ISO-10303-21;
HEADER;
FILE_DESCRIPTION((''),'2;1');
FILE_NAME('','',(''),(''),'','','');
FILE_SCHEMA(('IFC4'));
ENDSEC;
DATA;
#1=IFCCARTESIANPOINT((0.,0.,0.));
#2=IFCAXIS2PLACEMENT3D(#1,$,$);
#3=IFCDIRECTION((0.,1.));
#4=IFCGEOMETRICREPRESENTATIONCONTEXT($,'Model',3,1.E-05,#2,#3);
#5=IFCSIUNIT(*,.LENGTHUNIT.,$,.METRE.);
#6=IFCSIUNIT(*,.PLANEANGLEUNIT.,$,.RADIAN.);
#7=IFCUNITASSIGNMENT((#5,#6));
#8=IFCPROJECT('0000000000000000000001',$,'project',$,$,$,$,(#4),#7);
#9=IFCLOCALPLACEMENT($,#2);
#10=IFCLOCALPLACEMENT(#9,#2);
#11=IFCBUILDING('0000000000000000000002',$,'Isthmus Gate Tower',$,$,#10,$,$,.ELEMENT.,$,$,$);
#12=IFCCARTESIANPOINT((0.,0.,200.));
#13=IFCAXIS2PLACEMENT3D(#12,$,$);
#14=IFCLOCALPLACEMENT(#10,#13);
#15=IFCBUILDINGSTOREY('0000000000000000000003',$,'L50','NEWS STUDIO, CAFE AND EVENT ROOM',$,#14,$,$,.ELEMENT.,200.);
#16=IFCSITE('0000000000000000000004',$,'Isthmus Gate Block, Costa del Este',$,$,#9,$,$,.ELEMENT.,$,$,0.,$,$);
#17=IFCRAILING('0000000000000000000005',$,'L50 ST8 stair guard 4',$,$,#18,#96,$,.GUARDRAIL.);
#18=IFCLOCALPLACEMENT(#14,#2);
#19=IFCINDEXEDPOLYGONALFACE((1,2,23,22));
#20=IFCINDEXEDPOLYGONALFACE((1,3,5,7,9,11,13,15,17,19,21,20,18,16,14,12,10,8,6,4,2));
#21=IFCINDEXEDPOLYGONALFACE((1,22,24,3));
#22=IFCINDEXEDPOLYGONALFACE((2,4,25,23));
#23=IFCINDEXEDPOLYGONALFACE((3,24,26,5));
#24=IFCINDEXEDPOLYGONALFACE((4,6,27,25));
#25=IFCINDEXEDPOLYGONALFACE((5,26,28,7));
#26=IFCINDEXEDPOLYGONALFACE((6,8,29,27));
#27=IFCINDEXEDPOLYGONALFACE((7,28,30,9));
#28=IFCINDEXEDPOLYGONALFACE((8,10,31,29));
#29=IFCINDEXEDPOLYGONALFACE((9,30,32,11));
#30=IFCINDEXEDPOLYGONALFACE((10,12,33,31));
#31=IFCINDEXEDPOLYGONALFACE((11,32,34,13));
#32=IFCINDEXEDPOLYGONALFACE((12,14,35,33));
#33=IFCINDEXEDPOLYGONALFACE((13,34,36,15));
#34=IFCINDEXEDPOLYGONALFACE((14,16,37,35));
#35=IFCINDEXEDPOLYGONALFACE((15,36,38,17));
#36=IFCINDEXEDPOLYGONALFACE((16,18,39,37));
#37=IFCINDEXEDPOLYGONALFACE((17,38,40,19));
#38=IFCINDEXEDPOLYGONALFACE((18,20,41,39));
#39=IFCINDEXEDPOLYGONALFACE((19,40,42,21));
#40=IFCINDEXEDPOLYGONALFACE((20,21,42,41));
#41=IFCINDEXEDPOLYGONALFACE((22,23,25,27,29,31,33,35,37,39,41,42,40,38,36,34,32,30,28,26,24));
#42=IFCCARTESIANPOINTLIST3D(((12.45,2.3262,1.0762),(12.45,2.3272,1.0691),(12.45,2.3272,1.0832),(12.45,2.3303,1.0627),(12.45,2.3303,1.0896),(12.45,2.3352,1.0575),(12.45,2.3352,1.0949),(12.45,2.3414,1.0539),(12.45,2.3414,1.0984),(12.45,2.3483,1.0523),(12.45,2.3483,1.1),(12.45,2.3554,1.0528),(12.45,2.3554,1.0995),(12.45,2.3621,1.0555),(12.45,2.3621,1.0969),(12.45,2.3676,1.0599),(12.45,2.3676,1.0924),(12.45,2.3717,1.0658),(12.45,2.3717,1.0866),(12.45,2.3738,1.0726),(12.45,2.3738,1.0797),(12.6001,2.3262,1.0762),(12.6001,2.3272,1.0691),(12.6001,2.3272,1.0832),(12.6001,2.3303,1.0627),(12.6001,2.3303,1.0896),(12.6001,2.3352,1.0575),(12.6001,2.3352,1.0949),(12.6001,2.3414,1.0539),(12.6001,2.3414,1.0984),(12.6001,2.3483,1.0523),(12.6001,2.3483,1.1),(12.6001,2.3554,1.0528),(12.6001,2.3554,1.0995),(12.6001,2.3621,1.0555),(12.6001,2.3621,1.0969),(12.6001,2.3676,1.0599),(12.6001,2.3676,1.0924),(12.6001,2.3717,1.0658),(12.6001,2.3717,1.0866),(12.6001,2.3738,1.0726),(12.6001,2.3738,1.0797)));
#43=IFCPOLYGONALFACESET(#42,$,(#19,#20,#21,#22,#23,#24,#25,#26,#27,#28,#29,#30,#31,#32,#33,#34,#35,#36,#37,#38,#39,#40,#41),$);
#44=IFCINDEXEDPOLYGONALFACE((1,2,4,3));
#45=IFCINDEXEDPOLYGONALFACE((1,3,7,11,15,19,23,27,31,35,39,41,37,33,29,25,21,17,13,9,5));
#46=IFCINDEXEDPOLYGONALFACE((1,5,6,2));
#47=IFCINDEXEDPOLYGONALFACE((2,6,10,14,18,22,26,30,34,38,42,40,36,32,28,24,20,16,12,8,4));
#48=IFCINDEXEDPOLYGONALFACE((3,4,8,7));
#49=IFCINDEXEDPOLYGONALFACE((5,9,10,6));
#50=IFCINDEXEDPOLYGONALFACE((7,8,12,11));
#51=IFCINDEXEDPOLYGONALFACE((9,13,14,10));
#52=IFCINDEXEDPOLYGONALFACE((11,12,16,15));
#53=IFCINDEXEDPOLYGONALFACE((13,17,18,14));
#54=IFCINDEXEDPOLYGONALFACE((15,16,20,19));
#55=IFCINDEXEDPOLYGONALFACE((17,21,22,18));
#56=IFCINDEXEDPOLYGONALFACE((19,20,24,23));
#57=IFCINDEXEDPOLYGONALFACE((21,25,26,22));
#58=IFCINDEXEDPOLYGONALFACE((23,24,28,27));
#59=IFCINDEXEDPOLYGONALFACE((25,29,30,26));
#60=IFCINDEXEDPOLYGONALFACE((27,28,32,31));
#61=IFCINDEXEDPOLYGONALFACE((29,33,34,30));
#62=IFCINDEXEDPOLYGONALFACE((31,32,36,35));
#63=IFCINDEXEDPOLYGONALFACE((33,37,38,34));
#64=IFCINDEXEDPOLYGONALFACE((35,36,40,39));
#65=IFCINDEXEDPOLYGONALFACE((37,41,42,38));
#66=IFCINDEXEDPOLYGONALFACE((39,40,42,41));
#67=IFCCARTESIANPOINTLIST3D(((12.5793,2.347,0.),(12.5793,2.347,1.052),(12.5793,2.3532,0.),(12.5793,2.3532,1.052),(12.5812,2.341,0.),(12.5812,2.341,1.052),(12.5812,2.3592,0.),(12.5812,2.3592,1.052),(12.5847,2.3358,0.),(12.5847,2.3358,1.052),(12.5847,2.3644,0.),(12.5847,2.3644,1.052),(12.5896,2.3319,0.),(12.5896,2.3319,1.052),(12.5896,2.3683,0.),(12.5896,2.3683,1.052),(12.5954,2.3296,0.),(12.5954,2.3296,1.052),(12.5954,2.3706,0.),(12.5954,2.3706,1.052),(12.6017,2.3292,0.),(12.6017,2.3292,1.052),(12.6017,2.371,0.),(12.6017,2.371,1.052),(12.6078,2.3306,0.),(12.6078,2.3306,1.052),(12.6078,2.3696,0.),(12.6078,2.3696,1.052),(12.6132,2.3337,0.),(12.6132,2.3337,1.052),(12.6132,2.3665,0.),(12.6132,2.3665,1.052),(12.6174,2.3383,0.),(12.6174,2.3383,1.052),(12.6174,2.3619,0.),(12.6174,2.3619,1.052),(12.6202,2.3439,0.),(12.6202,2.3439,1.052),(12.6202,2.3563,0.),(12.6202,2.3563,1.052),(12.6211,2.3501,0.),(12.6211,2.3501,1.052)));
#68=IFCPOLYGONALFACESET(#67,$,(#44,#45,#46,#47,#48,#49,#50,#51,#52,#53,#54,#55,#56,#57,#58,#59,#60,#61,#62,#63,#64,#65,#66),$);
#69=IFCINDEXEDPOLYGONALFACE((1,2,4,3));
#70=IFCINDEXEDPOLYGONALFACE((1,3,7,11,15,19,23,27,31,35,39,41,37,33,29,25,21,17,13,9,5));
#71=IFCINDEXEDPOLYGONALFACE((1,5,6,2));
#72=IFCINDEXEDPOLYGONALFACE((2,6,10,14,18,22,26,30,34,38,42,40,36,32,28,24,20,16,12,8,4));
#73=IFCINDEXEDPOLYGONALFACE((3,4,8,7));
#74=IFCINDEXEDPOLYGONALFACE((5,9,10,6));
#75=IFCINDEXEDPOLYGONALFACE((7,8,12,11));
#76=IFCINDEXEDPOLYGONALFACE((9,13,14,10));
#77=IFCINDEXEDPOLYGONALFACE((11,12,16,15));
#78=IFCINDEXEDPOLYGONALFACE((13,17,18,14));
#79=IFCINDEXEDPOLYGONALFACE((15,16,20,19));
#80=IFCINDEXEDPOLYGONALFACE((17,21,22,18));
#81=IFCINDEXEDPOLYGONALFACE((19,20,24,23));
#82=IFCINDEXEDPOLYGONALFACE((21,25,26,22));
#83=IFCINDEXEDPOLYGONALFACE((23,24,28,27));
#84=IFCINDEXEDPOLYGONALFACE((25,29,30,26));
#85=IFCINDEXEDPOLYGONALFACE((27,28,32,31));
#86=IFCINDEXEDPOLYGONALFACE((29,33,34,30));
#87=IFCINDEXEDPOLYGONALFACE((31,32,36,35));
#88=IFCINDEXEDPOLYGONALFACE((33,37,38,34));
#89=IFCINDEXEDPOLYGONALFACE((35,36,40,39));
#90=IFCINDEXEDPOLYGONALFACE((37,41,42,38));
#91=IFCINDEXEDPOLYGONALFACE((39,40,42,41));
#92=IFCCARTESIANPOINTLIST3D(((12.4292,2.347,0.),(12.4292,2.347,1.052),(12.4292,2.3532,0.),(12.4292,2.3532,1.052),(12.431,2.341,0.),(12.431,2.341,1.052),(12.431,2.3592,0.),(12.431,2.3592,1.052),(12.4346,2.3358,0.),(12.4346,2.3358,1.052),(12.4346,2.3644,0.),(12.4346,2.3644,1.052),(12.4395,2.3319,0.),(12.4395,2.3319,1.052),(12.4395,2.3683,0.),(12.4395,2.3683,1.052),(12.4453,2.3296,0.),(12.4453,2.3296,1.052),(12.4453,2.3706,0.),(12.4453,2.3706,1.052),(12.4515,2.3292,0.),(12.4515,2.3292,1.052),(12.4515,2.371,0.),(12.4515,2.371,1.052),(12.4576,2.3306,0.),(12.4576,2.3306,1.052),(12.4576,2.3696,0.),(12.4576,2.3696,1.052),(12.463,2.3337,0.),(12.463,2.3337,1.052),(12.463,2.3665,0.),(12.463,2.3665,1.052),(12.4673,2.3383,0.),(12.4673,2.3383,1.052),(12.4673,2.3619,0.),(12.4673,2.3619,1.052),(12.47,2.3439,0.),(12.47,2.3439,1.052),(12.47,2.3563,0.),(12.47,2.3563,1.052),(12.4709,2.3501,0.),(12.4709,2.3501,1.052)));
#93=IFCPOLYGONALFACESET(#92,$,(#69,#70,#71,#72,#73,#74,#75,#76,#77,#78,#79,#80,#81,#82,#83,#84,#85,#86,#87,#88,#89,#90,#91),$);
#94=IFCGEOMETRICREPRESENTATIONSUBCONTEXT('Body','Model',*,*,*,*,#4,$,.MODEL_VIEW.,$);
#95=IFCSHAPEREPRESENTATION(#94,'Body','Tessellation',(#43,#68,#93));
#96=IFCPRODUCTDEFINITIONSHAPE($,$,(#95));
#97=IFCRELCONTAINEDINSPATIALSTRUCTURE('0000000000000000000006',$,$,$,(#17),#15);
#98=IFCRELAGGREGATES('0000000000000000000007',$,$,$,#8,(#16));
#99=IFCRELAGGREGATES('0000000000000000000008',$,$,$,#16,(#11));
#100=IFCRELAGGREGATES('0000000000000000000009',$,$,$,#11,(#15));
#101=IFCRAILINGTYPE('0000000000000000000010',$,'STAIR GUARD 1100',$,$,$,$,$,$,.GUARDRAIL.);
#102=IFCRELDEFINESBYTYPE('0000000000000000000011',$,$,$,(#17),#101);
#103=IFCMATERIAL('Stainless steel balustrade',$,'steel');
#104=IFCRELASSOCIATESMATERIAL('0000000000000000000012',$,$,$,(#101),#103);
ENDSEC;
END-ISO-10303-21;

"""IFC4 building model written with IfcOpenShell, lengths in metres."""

from ifc_helpers import new_model, si_unit, direction, frame, origin, origin_2d, place, context, subcontext, project, spatial, circle, extrude, material, type_object, element, save


model = new_model("IFC4")

# Units and contexts
model_context = context("Model", 3, precision=1e-05, world=origin(), true_north=direction((0.0, 1.0)))
body_context = subcontext(model_context, "Body", "Model", "MODEL_VIEW")
ifc_project = project(units=[si_unit("LENGTHUNIT", "METRE"), si_unit("PLANEANGLEUNIT", "RADIAN")], contexts=[model_context])

# Site, building, storey
site_placement = place(None, origin())
site = spatial("IfcSite", under=ifc_project, at=site_placement, Name="Isthmus Gate Block, Costa del Este", CompositionType="ELEMENT", RefElevation=0.0)
building_placement = place(site_placement, origin())
building = spatial("IfcBuilding", under=site, at=building_placement, Name="Isthmus Gate Tower", CompositionType="ELEMENT")
storey_placement = place(building_placement, frame((0.0, 0.0, 200.0)))
storey = spatial("IfcBuildingStorey", under=building, at=storey_placement, Name="L50", Description="NEWS STUDIO, CAFE AND EVENT ROOM", CompositionType="ELEMENT", Elevation=200.0)

# Railing
ifc_material_1 = material(Name="Stainless steel balustrade", Category="steel")
railing_type_1 = type_object("IfcRailingType", Name="STAIR GUARD 1100", PredefinedType="GUARDRAIL", material=ifc_material_1)
railing_1_placement = place(storey_placement, frame((12.6001, 2.3501, 0.0)))
element("IfcRailing", 1, at=railing_1_placement, inside=storey, type_object=railing_type_1, Name="L50 ST8 stair guard 4", PredefinedType="GUARDRAIL", context=body_context, shape_type="SweptSolid", body=[
    extrude(circle(Radius=0.0239, at=origin_2d()), frame((0.0, 0.0, 1.0762), z_axis=(-1.0, 0.0, 0.0), x_axis=(0.0, -1.0, 0.0)), (0.0, 0.0, 1.0), 0.1501),
    extrude(circle(Radius=0.021, at=origin_2d()), origin(), (0.0, 0.0, 1.0), 1.052),
    extrude(circle(Radius=0.021, at=origin_2d()), frame((-0.1501, 0.0, 0.0)), (0.0, 0.0, 1.0), 1.052),
])

save(model, "model.ifc")
